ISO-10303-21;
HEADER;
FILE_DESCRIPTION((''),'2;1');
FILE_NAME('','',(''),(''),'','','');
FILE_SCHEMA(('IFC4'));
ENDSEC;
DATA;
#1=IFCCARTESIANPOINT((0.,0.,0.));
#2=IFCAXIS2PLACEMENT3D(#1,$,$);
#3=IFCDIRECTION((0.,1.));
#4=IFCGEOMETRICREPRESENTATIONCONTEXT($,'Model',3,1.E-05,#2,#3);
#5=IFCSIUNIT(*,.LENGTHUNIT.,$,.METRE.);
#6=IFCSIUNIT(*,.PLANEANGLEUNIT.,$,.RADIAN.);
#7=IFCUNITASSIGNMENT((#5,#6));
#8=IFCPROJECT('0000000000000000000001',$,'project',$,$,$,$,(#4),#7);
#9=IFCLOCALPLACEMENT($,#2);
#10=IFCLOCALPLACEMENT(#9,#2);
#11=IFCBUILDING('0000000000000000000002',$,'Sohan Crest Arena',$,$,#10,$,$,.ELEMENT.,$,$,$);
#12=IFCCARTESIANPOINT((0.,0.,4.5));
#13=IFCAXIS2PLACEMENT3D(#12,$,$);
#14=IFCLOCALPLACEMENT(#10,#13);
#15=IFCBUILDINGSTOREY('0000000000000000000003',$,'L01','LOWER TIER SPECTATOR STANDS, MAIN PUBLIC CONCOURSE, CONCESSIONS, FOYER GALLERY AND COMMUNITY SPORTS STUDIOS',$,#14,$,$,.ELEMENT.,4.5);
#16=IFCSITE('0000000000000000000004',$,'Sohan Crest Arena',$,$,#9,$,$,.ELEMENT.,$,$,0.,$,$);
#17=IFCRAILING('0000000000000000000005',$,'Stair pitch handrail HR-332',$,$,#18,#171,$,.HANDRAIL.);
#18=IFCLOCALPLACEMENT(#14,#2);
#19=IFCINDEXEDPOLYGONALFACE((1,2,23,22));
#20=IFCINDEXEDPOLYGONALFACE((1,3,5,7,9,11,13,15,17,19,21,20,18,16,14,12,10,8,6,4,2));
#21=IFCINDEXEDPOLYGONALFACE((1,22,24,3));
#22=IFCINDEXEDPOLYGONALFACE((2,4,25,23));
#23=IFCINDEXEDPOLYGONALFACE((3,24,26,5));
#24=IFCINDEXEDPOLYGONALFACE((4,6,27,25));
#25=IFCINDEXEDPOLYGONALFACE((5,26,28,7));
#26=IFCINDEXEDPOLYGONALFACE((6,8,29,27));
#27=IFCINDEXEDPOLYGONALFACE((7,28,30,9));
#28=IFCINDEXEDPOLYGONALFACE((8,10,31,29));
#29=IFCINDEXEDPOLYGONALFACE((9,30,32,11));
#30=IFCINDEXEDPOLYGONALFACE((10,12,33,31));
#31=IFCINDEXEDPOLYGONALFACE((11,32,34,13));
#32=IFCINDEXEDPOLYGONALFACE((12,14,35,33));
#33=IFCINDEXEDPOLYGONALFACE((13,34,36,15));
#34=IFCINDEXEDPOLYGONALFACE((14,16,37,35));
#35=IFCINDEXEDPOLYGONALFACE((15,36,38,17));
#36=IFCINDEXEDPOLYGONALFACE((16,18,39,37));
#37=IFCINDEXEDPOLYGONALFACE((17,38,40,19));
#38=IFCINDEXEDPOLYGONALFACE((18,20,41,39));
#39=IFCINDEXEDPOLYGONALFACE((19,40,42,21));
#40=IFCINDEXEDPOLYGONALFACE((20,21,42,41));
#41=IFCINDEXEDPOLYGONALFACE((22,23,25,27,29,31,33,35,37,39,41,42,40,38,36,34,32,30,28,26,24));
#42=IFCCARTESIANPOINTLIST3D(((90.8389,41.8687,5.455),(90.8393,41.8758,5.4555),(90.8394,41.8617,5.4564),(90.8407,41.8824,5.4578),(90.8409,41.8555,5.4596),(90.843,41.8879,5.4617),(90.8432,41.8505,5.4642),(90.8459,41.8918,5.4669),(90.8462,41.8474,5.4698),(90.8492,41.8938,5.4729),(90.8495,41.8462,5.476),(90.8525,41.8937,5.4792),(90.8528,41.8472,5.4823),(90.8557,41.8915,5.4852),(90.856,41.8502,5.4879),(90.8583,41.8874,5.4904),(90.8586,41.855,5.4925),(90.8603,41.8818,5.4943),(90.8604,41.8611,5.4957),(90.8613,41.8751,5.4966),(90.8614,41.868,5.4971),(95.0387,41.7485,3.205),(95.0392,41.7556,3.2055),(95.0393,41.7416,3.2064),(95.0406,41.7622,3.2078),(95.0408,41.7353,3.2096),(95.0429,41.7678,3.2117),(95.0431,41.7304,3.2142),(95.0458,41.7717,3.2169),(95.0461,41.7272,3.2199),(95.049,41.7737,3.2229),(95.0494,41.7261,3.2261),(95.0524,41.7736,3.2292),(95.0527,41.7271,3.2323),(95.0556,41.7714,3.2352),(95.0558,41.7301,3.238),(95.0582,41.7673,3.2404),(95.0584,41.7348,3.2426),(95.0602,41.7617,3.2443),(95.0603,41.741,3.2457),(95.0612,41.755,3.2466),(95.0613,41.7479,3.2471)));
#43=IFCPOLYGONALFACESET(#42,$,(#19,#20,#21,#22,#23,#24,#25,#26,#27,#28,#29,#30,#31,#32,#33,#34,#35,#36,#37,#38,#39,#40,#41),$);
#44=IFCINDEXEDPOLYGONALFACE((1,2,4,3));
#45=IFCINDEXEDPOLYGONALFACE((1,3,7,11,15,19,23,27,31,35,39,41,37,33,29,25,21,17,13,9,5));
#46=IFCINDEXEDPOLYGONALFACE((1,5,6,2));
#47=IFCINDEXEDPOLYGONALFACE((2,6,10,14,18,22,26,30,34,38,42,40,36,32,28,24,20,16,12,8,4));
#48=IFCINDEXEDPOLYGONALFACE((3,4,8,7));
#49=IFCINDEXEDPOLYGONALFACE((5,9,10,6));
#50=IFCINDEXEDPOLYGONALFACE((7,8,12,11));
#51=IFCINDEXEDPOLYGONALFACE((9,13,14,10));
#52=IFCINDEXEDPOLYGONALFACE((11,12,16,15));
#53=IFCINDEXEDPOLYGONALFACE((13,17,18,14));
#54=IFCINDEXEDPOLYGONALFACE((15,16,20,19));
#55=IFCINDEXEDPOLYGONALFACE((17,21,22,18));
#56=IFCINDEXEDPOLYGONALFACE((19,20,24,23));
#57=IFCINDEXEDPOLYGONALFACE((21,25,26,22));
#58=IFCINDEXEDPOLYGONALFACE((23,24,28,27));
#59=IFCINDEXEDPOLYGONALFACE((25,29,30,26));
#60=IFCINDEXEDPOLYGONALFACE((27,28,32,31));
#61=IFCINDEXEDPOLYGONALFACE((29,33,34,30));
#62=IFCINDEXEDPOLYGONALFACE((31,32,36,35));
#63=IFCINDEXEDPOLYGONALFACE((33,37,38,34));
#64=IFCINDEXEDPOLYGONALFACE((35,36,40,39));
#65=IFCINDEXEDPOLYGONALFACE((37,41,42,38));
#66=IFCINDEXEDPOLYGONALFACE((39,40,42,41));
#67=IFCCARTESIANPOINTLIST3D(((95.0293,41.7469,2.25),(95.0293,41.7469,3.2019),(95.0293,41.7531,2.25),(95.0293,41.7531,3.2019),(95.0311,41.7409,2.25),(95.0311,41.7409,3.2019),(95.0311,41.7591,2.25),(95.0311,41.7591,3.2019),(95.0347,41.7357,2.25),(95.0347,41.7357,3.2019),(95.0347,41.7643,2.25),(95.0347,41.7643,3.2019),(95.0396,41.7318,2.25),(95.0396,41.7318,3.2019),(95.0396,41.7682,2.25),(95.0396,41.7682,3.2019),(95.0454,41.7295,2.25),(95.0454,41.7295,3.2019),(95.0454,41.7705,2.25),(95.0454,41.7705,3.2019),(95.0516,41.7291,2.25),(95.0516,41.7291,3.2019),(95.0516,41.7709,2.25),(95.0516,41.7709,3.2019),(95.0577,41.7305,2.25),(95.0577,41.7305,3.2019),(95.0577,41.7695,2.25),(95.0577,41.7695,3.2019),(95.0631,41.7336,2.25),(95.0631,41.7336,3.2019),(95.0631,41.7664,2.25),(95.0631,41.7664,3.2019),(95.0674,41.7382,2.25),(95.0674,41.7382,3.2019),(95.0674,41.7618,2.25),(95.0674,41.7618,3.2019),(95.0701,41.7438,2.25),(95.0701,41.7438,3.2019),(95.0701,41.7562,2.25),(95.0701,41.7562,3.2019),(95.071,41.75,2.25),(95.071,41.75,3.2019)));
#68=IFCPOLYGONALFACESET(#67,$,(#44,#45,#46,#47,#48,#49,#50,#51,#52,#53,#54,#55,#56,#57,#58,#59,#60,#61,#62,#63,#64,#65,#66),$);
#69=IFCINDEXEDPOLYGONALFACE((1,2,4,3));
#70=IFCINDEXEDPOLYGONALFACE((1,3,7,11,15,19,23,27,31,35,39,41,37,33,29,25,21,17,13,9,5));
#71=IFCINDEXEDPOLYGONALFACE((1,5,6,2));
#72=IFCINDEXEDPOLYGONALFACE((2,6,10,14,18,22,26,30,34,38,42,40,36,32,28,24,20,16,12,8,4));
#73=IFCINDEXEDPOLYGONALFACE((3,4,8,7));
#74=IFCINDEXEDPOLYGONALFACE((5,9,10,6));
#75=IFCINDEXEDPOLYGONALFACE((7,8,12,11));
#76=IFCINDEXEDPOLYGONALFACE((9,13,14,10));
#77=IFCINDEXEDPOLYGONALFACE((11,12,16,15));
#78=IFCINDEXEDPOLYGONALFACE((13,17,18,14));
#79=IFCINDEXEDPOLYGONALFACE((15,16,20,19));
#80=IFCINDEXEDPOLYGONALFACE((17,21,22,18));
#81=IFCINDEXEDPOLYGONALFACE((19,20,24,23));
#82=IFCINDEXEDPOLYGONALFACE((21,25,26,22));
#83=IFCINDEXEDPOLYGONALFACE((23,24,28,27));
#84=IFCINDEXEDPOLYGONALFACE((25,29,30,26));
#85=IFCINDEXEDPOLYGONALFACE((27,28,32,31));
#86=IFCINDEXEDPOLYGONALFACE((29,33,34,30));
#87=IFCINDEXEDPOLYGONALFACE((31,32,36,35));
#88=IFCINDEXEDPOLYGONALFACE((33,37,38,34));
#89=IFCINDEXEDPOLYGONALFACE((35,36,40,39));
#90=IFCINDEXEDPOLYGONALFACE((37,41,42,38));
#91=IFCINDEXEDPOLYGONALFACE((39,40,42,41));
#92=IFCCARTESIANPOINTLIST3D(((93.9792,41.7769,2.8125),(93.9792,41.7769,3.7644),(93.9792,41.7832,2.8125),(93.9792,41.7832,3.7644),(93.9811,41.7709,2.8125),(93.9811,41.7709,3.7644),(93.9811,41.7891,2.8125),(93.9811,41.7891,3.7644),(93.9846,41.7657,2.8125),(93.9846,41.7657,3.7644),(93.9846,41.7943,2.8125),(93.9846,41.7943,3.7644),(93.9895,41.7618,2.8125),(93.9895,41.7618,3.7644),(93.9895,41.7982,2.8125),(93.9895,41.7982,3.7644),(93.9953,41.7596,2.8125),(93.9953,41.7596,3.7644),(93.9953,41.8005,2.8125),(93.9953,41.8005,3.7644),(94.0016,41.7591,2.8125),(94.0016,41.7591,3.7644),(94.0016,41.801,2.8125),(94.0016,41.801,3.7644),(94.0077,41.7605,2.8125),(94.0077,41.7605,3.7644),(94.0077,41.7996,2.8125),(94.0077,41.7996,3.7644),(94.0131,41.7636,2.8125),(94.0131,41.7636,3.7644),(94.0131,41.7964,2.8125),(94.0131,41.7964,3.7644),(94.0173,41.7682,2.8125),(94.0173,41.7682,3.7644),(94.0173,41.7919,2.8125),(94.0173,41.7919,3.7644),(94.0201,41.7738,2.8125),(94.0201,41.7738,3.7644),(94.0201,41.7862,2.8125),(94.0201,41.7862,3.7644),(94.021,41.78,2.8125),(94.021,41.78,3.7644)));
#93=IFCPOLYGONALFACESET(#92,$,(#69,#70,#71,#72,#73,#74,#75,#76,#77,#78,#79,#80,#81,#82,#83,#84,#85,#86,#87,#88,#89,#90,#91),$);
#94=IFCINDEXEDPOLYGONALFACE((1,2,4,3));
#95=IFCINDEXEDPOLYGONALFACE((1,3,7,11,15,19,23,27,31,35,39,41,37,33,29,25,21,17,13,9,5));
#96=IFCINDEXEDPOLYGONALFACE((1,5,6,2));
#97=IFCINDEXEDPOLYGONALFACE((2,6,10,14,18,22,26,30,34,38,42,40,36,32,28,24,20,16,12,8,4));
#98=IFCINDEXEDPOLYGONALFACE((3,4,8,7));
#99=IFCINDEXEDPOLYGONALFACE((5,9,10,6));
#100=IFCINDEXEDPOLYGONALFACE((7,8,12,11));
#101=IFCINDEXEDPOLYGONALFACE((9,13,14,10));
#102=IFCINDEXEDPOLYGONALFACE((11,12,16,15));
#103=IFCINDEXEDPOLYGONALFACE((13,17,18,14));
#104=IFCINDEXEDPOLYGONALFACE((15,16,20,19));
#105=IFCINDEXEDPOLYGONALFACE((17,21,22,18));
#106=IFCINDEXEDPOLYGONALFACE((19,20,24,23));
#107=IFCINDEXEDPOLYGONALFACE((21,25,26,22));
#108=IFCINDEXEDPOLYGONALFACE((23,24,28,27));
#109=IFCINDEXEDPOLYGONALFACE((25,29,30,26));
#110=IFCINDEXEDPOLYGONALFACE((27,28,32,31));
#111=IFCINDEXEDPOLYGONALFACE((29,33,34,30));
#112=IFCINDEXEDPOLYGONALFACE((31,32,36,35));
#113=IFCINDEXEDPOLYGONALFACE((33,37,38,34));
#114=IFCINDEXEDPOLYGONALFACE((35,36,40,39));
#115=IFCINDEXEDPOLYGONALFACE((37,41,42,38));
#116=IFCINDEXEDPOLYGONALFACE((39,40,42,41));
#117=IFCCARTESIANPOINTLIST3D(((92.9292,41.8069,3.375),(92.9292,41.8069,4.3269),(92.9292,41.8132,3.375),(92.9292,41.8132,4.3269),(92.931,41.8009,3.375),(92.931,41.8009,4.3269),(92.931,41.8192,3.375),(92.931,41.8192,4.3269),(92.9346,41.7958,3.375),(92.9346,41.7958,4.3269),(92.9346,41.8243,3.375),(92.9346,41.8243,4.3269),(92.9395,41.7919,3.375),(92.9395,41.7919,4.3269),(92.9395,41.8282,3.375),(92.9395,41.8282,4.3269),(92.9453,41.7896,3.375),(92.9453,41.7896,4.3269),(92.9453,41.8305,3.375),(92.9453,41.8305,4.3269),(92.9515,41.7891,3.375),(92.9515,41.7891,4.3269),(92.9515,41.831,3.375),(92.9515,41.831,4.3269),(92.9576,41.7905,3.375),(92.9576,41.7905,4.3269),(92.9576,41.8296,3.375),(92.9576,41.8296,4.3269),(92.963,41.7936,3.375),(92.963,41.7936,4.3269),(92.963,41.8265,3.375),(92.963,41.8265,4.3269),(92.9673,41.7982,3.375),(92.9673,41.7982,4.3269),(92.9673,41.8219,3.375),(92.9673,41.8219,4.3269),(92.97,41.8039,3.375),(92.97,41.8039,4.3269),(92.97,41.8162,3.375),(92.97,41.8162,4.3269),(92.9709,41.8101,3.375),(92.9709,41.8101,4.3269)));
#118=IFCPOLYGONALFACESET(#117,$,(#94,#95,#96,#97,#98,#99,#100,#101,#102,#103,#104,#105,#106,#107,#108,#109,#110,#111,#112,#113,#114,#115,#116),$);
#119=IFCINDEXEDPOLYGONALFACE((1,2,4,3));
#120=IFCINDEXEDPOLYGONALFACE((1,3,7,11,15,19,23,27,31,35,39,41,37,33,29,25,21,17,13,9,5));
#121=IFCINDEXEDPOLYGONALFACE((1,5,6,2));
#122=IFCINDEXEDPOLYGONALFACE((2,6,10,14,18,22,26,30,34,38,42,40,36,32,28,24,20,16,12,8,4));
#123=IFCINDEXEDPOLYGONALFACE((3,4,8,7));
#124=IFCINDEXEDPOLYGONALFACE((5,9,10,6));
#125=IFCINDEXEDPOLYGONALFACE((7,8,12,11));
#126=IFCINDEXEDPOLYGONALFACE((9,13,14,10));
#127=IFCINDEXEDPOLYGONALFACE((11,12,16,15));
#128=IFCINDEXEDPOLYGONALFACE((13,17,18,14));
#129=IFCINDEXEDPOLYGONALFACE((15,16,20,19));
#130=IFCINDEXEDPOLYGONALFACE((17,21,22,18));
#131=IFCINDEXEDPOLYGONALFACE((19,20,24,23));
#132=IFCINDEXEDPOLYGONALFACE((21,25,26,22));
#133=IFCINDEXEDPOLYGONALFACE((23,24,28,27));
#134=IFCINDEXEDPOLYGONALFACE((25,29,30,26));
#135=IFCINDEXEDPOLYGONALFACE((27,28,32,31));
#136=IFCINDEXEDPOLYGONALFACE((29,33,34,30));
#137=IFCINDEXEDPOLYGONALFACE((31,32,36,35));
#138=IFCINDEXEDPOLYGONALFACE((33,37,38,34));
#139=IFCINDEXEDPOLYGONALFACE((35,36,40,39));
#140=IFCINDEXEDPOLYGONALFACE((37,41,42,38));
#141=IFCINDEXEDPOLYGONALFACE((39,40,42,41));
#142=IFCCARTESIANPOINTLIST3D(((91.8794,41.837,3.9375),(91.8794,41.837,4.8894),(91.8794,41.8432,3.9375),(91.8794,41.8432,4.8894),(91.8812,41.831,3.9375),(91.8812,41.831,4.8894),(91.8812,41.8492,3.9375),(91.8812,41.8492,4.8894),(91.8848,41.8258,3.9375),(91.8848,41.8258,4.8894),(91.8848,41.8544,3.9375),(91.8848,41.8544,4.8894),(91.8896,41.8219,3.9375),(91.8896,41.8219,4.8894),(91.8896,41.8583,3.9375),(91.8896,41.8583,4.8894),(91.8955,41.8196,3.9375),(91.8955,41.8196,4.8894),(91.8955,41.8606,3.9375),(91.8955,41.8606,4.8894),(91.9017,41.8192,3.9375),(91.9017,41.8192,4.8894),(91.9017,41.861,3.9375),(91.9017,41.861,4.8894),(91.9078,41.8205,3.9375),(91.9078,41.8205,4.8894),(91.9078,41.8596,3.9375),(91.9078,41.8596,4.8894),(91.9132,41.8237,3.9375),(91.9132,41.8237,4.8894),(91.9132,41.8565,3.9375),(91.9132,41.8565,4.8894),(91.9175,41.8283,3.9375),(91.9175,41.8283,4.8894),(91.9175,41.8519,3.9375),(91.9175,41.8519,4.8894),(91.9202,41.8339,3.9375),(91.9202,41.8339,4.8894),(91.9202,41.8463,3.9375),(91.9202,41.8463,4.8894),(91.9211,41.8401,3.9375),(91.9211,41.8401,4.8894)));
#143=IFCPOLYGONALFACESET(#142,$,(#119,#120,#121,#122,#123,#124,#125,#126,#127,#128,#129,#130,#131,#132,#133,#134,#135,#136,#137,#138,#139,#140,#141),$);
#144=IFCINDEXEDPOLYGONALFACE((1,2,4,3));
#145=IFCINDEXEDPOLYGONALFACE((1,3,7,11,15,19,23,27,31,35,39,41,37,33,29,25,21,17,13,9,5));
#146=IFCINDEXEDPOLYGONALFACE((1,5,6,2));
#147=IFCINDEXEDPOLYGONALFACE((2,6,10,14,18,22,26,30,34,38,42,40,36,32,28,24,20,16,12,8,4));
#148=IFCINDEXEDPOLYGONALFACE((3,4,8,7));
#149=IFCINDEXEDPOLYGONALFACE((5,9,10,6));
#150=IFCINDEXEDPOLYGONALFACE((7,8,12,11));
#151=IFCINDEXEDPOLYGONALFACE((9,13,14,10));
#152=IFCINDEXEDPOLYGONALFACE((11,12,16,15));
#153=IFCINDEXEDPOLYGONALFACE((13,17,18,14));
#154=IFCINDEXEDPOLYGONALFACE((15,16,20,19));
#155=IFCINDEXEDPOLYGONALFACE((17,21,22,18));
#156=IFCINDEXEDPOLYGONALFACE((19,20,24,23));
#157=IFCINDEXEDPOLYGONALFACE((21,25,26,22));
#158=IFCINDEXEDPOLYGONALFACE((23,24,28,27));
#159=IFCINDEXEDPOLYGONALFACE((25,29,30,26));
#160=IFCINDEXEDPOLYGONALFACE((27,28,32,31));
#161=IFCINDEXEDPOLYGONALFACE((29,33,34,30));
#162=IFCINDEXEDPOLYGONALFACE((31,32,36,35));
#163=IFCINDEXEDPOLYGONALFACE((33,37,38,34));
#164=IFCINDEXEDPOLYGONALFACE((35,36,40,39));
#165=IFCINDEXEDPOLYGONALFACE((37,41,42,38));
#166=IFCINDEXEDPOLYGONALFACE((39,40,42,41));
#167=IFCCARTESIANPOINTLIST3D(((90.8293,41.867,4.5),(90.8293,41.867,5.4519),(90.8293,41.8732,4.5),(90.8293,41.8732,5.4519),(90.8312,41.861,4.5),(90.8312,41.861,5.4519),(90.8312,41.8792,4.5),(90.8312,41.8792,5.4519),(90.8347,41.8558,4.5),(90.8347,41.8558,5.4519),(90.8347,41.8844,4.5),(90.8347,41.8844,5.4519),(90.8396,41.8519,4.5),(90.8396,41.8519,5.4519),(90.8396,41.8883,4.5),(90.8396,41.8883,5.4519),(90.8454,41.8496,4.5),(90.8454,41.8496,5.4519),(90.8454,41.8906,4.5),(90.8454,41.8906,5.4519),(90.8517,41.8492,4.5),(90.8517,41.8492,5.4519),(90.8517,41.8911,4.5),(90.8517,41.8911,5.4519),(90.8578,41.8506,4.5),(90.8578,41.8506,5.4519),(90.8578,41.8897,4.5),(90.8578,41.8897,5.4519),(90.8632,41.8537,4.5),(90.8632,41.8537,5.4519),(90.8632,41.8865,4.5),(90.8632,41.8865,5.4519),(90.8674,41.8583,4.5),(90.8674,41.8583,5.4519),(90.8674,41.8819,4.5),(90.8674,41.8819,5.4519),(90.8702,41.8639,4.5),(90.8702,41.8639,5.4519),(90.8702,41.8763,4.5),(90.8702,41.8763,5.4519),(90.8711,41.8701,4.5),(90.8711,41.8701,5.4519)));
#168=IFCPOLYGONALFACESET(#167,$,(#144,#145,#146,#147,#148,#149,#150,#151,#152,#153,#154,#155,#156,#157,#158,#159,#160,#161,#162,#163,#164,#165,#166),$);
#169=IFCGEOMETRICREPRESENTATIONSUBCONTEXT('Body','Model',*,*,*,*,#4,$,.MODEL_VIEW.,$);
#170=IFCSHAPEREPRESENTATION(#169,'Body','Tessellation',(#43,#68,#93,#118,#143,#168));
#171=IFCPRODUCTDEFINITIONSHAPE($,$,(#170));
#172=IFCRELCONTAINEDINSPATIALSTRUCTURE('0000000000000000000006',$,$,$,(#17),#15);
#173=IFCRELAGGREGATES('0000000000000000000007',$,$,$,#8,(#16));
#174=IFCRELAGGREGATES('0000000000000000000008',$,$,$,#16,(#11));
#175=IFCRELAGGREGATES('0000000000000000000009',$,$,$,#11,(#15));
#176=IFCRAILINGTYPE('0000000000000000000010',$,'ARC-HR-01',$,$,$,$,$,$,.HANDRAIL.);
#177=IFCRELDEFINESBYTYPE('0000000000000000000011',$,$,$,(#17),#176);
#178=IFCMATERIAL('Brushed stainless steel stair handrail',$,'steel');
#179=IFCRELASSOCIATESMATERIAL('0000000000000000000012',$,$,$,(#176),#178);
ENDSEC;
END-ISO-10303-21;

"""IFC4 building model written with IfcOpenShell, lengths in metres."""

from ifc_helpers import new_model, si_unit, direction, frame, origin, origin_2d, place, context, subcontext, project, spatial, circle, extrude, material, type_object, element, save


model = new_model("IFC4")

# Units and contexts
model_context = context("Model", 3, precision=1e-05, world=origin(), true_north=direction((0.0, 1.0)))
body_context = subcontext(model_context, "Body", "Model", "MODEL_VIEW")
ifc_project = project(units=[si_unit("LENGTHUNIT", "METRE"), si_unit("PLANEANGLEUNIT", "RADIAN")], contexts=[model_context])

# Site, building, storey
site_placement = place(None, origin())
site = spatial("IfcSite", under=ifc_project, at=site_placement, Name="Sohan Crest Arena", CompositionType="ELEMENT", RefElevation=0.0)
building_placement = place(site_placement, origin())
building = spatial("IfcBuilding", under=site, at=building_placement, Name="Sohan Crest Arena", CompositionType="ELEMENT")
storey_placement = place(building_placement, frame((0.0, 0.0, 4.5)))
storey = spatial("IfcBuildingStorey", under=building, at=storey_placement, Name="L01", Description="LOWER TIER SPECTATOR STANDS, MAIN PUBLIC CONCOURSE, CONCESSIONS, FOYER GALLERY AND COMMUNITY SPORTS STUDIOS", CompositionType="ELEMENT", Elevation=4.5)

# Railing
ifc_material_1 = material(Name="Brushed stainless steel stair handrail", Category="steel")
railing_type = type_object("IfcRailingType", Name="ARC-HR-01", PredefinedType="HANDRAIL", material=ifc_material_1)
railing_placement = place(storey_placement, frame((95.05, 41.75, 2.25)))
element("IfcRailing", 1, at=railing_placement, inside=storey, type_object=railing_type, Name="Stair pitch handrail HR-332", PredefinedType="HANDRAIL", context=body_context, shape_type="SweptSolid", body=[
    extrude(circle(Radius=0.0239, at=origin_2d()), frame((0.0, 0.0, 0.9761), z_axis=(-0.881198, 0.025202, 0.472076), x_axis=(-0.028588, -0.999591, 0.0)), (0.0, 0.0, 1.0), 4.7661),
    extrude(circle(Radius=0.021, at=origin_2d()), origin(), (0.0, 0.0, 1.0), 0.9519),
    extrude(circle(Radius=0.021, at=origin_2d()), frame((-1.05, 0.03, 0.5625)), (0.0, 0.0, 1.0), 0.9519),
    extrude(circle(Radius=0.021, at=origin_2d()), frame((-2.1001, 0.0601, 1.125)), (0.0, 0.0, 1.0), 0.9519),
    extrude(circle(Radius=0.021, at=origin_2d()), frame((-3.1499, 0.0901, 1.6875)), (0.0, 0.0, 1.0), 0.9519),
    extrude(circle(Radius=0.021, at=origin_2d()), frame((-4.2, 0.1201, 2.25)), (0.0, 0.0, 1.0), 0.9519),
])

save(model, "model.ifc")
